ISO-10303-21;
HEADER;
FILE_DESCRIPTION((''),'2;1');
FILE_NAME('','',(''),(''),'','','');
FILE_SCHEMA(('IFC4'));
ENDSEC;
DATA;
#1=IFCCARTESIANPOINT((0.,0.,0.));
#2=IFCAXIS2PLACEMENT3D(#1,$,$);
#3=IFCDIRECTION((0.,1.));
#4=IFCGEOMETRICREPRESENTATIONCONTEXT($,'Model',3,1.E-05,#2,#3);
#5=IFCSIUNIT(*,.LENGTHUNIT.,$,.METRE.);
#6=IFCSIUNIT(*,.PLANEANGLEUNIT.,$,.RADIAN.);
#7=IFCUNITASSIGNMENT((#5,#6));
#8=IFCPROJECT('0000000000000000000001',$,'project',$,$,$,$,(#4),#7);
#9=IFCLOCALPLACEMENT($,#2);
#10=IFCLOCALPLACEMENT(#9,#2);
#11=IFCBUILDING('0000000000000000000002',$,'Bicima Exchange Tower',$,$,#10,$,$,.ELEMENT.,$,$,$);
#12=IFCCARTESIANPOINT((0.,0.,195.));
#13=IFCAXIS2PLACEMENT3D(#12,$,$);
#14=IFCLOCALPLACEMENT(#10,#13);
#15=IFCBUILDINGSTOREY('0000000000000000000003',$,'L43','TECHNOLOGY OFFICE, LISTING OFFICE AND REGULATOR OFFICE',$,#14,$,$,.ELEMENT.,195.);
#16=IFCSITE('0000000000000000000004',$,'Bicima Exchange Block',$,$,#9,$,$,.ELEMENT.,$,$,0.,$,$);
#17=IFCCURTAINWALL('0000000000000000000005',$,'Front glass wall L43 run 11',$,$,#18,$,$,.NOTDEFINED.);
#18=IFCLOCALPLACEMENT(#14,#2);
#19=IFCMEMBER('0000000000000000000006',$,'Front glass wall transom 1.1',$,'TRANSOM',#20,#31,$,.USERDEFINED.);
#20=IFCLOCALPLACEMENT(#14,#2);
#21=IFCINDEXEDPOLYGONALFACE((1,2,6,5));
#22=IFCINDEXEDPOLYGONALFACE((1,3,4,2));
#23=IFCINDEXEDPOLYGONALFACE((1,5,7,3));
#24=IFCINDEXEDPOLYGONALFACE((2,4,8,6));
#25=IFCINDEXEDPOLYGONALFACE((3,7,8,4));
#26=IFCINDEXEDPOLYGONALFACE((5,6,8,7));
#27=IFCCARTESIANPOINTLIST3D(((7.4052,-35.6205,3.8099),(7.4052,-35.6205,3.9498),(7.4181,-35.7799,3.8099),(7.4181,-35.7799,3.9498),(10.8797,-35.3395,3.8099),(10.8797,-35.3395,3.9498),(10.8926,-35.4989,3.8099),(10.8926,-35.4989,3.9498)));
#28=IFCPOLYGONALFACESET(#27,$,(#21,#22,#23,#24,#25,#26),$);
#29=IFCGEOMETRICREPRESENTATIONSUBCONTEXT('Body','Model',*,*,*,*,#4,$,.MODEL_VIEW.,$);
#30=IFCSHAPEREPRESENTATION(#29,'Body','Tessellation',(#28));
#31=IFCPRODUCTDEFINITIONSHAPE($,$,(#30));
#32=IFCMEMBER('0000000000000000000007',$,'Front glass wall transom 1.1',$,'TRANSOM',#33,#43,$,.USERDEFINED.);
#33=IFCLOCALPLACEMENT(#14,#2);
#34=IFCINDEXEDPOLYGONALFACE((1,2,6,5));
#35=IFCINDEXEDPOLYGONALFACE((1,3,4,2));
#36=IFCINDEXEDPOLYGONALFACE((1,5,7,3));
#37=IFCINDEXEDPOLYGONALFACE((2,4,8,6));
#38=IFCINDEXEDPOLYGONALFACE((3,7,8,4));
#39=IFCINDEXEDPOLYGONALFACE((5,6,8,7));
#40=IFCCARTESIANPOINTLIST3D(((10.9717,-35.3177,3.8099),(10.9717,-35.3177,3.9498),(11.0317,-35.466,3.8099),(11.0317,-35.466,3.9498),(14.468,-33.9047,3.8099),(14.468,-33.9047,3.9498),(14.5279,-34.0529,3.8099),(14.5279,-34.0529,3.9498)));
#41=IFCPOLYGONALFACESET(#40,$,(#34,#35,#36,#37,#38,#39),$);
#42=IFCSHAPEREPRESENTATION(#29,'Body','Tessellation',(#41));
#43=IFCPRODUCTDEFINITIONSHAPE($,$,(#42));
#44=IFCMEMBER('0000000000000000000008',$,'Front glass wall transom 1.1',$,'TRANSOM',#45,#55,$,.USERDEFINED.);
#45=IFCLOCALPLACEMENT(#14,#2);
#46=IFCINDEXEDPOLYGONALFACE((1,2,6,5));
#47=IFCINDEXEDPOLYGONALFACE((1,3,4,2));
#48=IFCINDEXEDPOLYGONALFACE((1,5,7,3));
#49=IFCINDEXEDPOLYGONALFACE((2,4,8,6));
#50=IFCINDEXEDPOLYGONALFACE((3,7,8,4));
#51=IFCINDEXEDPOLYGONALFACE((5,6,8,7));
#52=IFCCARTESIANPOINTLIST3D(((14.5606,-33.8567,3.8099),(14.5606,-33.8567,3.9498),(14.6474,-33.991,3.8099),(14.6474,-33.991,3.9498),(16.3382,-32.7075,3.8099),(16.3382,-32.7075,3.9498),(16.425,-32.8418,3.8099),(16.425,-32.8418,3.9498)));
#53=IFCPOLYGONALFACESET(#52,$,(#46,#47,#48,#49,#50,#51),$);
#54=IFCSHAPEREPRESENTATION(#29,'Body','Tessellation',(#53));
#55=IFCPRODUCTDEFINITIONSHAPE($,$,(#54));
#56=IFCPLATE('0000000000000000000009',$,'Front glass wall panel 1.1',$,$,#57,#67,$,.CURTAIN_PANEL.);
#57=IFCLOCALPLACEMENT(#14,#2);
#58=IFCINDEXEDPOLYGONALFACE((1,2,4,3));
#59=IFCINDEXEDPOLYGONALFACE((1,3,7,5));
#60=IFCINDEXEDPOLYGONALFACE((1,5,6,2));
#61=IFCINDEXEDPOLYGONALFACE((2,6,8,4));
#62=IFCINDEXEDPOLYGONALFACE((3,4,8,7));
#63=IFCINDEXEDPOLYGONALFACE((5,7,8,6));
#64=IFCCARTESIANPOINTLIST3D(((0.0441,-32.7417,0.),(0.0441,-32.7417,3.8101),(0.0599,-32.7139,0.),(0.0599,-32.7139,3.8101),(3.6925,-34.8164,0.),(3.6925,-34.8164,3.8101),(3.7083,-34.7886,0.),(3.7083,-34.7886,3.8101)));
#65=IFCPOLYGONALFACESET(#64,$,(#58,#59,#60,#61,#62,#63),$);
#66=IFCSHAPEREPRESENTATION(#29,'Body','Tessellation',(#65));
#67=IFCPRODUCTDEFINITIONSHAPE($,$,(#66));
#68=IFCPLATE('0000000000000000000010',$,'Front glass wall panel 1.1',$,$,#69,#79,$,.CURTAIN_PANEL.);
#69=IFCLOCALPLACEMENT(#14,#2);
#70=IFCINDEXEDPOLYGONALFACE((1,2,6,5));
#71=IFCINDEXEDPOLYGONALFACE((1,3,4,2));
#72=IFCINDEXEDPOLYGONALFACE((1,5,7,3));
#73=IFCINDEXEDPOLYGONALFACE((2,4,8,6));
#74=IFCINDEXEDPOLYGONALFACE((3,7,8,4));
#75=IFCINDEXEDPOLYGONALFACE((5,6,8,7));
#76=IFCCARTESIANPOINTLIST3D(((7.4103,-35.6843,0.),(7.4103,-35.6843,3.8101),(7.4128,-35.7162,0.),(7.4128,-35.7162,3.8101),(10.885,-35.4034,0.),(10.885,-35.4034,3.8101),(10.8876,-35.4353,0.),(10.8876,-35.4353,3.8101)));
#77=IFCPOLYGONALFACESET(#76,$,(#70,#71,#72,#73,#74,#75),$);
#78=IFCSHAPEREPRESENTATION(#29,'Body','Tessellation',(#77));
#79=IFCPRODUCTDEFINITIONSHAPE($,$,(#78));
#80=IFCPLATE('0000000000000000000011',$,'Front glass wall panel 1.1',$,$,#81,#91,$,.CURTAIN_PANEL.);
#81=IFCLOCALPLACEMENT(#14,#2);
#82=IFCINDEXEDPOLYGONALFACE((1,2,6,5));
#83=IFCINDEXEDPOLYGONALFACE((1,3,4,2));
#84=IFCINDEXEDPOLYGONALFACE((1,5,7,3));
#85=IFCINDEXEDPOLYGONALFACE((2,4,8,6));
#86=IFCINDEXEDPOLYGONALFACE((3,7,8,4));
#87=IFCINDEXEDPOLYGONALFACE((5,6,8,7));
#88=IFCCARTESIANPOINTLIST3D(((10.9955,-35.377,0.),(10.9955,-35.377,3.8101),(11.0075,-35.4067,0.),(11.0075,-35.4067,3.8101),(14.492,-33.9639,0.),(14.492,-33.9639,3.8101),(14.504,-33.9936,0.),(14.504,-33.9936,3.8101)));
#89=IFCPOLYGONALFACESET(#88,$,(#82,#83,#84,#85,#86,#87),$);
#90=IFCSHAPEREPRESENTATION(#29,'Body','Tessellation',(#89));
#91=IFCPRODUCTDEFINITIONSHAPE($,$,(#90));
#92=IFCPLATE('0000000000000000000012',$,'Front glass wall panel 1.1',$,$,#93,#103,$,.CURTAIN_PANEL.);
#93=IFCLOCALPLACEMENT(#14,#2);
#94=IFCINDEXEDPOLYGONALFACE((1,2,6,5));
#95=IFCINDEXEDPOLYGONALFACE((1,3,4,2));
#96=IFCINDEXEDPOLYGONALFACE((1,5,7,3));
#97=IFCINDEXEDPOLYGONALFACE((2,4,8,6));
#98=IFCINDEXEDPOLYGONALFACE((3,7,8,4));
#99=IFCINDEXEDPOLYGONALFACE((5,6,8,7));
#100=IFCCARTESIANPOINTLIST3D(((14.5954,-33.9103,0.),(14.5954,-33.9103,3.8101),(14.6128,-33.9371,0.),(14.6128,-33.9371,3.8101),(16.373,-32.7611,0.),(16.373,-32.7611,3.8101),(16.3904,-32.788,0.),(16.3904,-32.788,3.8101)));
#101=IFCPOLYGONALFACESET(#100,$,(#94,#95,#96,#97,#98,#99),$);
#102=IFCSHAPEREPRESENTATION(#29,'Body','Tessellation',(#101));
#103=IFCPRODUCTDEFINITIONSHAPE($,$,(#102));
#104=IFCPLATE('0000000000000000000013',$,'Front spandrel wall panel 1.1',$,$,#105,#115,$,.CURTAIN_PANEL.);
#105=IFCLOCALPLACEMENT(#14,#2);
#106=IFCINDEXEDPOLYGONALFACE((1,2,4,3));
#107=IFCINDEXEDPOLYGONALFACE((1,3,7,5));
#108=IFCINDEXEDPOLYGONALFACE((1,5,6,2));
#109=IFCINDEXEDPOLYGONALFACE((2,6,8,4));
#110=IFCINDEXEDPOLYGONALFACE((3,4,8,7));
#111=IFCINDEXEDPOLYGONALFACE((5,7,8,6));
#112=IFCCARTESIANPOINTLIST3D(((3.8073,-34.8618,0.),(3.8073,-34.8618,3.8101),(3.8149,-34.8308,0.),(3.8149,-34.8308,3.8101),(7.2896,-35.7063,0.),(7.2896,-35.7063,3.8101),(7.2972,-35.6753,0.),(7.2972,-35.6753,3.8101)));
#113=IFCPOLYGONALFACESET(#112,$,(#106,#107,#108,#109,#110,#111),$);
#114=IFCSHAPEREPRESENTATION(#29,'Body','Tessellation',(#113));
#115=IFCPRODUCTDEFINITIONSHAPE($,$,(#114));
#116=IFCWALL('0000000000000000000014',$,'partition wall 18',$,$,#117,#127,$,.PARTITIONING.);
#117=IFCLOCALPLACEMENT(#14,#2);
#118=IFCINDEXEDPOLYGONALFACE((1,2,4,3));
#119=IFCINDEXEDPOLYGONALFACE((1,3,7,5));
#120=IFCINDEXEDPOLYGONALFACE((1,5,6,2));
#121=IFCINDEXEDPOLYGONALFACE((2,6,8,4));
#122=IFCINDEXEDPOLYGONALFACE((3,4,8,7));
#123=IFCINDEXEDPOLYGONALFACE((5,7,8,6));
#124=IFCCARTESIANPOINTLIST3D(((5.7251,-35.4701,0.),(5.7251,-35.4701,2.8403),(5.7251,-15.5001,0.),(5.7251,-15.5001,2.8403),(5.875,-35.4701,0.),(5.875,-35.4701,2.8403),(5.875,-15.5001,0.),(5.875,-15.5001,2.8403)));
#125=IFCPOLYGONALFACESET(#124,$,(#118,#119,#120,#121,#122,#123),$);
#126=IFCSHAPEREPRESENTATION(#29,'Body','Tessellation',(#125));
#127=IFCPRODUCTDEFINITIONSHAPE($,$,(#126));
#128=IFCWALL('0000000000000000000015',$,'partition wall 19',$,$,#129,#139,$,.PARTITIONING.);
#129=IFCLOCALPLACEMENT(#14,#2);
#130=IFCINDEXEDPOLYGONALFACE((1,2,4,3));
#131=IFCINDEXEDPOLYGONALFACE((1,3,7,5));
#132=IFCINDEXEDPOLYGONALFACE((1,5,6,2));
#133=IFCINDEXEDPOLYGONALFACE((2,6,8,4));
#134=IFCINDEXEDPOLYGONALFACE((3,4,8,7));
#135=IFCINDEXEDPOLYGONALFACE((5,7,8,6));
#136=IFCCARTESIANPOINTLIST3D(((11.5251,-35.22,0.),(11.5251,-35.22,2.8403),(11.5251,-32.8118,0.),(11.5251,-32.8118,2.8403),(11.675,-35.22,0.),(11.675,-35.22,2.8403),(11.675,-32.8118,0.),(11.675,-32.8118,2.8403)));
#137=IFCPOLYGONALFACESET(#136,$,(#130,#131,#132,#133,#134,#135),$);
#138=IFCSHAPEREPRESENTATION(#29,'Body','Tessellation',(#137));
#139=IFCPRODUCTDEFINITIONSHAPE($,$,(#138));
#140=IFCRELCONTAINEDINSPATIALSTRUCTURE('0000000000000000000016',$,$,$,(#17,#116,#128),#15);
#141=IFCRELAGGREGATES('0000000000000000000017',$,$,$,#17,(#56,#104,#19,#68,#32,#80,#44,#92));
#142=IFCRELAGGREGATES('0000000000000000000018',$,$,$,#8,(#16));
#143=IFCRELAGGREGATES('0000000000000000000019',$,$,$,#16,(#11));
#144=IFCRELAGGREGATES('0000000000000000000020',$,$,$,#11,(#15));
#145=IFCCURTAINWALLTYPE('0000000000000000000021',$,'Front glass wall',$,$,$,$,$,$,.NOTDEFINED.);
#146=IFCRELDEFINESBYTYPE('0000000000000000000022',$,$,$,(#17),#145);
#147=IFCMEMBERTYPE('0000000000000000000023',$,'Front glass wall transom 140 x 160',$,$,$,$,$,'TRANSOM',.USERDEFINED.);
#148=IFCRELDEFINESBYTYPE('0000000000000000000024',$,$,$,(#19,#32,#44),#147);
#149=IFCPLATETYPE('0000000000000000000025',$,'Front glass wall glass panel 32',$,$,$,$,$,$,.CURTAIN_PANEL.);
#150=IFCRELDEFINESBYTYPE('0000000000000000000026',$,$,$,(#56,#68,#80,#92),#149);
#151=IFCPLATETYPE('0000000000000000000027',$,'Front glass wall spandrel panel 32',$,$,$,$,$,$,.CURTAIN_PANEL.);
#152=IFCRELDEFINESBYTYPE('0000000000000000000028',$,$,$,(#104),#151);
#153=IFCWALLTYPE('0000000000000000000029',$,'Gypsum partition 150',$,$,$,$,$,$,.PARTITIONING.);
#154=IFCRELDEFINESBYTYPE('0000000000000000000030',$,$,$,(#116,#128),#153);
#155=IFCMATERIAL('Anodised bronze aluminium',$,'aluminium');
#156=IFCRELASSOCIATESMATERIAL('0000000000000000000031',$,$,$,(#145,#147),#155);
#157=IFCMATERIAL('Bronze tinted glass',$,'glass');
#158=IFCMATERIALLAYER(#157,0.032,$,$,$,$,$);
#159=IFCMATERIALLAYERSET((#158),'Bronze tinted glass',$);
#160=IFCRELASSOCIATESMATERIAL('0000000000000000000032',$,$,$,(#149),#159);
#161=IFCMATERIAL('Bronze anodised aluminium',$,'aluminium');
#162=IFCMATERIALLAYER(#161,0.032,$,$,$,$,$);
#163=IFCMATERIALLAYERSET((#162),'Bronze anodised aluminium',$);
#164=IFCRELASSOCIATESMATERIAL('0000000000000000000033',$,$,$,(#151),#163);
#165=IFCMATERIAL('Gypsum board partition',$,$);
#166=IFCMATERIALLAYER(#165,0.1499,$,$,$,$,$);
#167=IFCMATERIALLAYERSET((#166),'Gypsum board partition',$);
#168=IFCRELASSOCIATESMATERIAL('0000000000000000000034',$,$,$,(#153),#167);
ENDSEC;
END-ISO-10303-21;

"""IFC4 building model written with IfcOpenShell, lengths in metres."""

from ifc_helpers import new_model, si_unit, direction, frame, frame_2d, origin, origin_2d, place, context, subcontext, project, spatial, rectangle, extrude, material, layer, layer_set, material_profile, profile_set, type_object, element, aggregate, save


model = new_model("IFC4")

# Units and contexts
model_context = context("Model", 3, precision=1e-05, world=origin(), true_north=direction((0.0, 1.0)))
body_context = subcontext(model_context, "Body", "Model", "MODEL_VIEW")
ifc_project = project(units=[si_unit("LENGTHUNIT", "METRE"), si_unit("PLANEANGLEUNIT", "RADIAN")], contexts=[model_context])

# Site, building, storey
site_placement = place(None, origin())
site = spatial("IfcSite", under=ifc_project, at=site_placement, Name="Bicima Exchange Block", CompositionType="ELEMENT", RefElevation=0.0)
building_placement = place(site_placement, origin())
building = spatial("IfcBuilding", under=site, at=building_placement, Name="Bicima Exchange Tower", CompositionType="ELEMENT")
storey_placement = place(building_placement, frame((0.0, 0.0, 195.0)))
storey = spatial("IfcBuildingStorey", under=building, at=storey_placement, Name="L43", Description="TECHNOLOGY OFFICE, LISTING OFFICE AND REGULATOR OFFICE", CompositionType="ELEMENT", Elevation=195.0)

# Curtain wall, members, plates
ifc_material_1 = material(Name="Anodised bronze aluminium", Category="aluminium")
curtain_wall_type = type_object("IfcCurtainWallType", Name="Front glass wall", PredefinedType="NOTDEFINED", material=ifc_material_1)
curtain_wall_placement = place(storey_placement, origin())
curtain_wall = element("IfcCurtainWall", 1, at=curtain_wall_placement, inside=storey, type_object=curtain_wall_type, Name="Front glass wall L43 run 11", PredefinedType="NOTDEFINED")
ifc_material_profile_1 = material_profile(ifc_material_1, rectangle(XDim=0.1599, YDim=0.1399, at=origin_2d()))
ifc_profile_set_1 = profile_set([ifc_material_profile_1], Name="Anodised bronze aluminium")
member_type_1 = type_object("IfcMemberType", Name="Front glass wall transom 140 x 160", ElementType="TRANSOM", PredefinedType="USERDEFINED", material=ifc_profile_set_1)
member_1_placement = place(storey_placement, frame((7.4116, -35.7002, 3.8799), z_axis=(0.996746, 0.080611, 0.0), x_axis=(-0.080611, 0.996746, 0.0)))
member_1 = element("IfcMember", 2, at=member_1_placement, type_object=member_type_1, Name="Front glass wall transom 1.1", ObjectType="TRANSOM", PredefinedType="USERDEFINED", context=body_context, shape_type="SweptSolid", body=[
    extrude(rectangle(XDim=0.1599, YDim=0.1399, at=origin_2d()), origin(), (0.0, 0.0, 1.0), 3.4858),
])
member_2_placement = place(storey_placement, frame((11.0017, -35.3918, 3.8799), z_axis=(0.92714, 0.374715, 0.0), x_axis=(-0.374715, 0.92714, 0.0)))
member_2 = element("IfcMember", 3, at=member_2_placement, type_object=member_type_1, Name="Front glass wall transom 1.1", ObjectType="TRANSOM", PredefinedType="USERDEFINED", context=body_context, shape_type="SweptSolid", body=[
    extrude(rectangle(XDim=0.1599, YDim=0.1399, at=origin_2d()), origin(), (0.0, 0.0, 1.0), 3.771),
])
member_3_placement = place(storey_placement, frame((14.604, -33.9238, 3.8799), z_axis=(0.839793, 0.542907, 0.0), x_axis=(-0.542907, 0.839793, 0.0)))
member_3 = element("IfcMember", 4, at=member_3_placement, type_object=member_type_1, Name="Front glass wall transom 1.1", ObjectType="TRANSOM", PredefinedType="USERDEFINED", context=body_context, shape_type="SweptSolid", body=[
    extrude(rectangle(XDim=0.1599, YDim=0.1399, at=origin_2d()), origin(), (0.0, 0.0, 1.0), 2.1167),
])
ifc_material_2 = material(Name="Bronze tinted glass", Category="glass")
ifc_layer_1 = layer(ifc_material_2, 0.032)
ifc_layer_set_1 = layer_set([ifc_layer_1], Name="Bronze tinted glass")
plate_type_1 = type_object("IfcPlateType", Name="Front glass wall glass panel 32", PredefinedType="CURTAIN_PANEL", material=ifc_layer_set_1)
plate_1_placement = place(storey_placement, frame((1.8762, -33.7651, 0.0), z_axis=(0.0, 0.0, 1.0), x_axis=(0.869274, -0.49433, 0.0)))
plate_1 = element("IfcPlate", 5, at=plate_1_placement, type_object=plate_type_1, Name="Front glass wall panel 1.1", PredefinedType="CURTAIN_PANEL", context=body_context, shape_type="SweptSolid", body=[
    extrude(rectangle(XDim=4.197, YDim=0.032, at=origin_2d()), origin(), (0.0, 0.0, 1.0), 3.8101),
])
plate_2_placement = place(storey_placement, frame((9.1489, -35.5598, 0.0), z_axis=(0.0, 0.0, 1.0), x_axis=(0.996747, 0.080589, 0.0)))
plate_2 = element("IfcPlate", 6, at=plate_2_placement, type_object=plate_type_1, Name="Front glass wall panel 1.1", PredefinedType="CURTAIN_PANEL", context=body_context, shape_type="SweptSolid", body=[
    extrude(rectangle(XDim=3.4861, YDim=0.032, at=origin_2d()), origin(), (0.0, 0.0, 1.0), 3.8101),
])
plate_3_placement = place(storey_placement, frame((12.7498, -34.6853, 0.0), z_axis=(0.0, 0.0, 1.0), x_axis=(0.927144, 0.374705, 0.0)))
plate_3 = element("IfcPlate", 7, at=plate_3_placement, type_object=plate_type_1, Name="Front glass wall panel 1.1", PredefinedType="CURTAIN_PANEL", context=body_context, shape_type="SweptSolid", body=[
    extrude(rectangle(XDim=3.7712, YDim=0.032, at=origin_2d()), origin(), (0.0, 0.0, 1.0), 3.8101),
])
plate_4_placement = place(storey_placement, frame((15.4929, -33.3491, 0.0), z_axis=(0.0, 0.0, 1.0), x_axis=(0.839791, 0.542909, 0.0)))
plate_4 = element("IfcPlate", 8, at=plate_4_placement, type_object=plate_type_1, Name="Front glass wall panel 1.1", PredefinedType="CURTAIN_PANEL", context=body_context, shape_type="SweptSolid", body=[
    extrude(rectangle(XDim=2.1167, YDim=0.032, at=origin_2d()), origin(), (0.0, 0.0, 1.0), 3.8101),
])
ifc_material_3 = material(Name="Bronze anodised aluminium", Category="aluminium")
ifc_layer_2 = layer(ifc_material_3, 0.032)
ifc_layer_set_2 = layer_set([ifc_layer_2], Name="Bronze anodised aluminium")
plate_type_2 = type_object("IfcPlateType", Name="Front glass wall spandrel panel 32", PredefinedType="CURTAIN_PANEL", material=ifc_layer_set_2)
plate_5_placement = place(storey_placement, frame((5.5522, -35.2686, 0.0), z_axis=(0.0, 0.0, 1.0), x_axis=(0.97183, -0.235682, 0.0)))
plate_5 = element("IfcPlate", 9, at=plate_5_placement, type_object=plate_type_2, Name="Front spandrel wall panel 1.1", PredefinedType="CURTAIN_PANEL", context=body_context, shape_type="SweptSolid", body=[
    extrude(rectangle(XDim=3.5833, YDim=0.032, at=origin_2d()), origin(), (0.0, 0.0, 1.0), 3.8101),
])
aggregate(curtain_wall, [plate_1, plate_5, member_1, plate_2, member_2, plate_3, member_3, plate_4])

# Walls
ifc_material_4 = material(Name="Gypsum board partition")
ifc_layer_3 = layer(ifc_material_4, 0.1499)
ifc_layer_set_3 = layer_set([ifc_layer_3], Name="Gypsum board partition")
wall_type = type_object("IfcWallType", Name="Gypsum partition 150", PredefinedType="PARTITIONING", material=ifc_layer_set_3)
wall_1_placement = place(storey_placement, frame((5.8, -35.47, 0.0), z_axis=(0.0, 0.0, 1.0), x_axis=(0.0, 1.0, 0.0)))
element("IfcWall", 10, at=wall_1_placement, inside=storey, type_object=wall_type, Name="partition wall 18", PredefinedType="PARTITIONING", context=body_context, shape_type="SweptSolid", body=[
    extrude(rectangle(XDim=19.97, YDim=0.1499, at=frame_2d((9.9849, 0.0))), origin(), (0.0, 0.0, 1.0), 2.8403),
])
wall_2_placement = place(storey_placement, frame((11.6001, -35.22, 0.0), z_axis=(0.0, 0.0, 1.0), x_axis=(0.0, 1.0, 0.0)))
element("IfcWall", 11, at=wall_2_placement, inside=storey, type_object=wall_type, Name="partition wall 19", PredefinedType="PARTITIONING", context=body_context, shape_type="SweptSolid", body=[
    extrude(rectangle(XDim=2.4082, YDim=0.1499, at=frame_2d((1.2041, 0.0))), origin(), (0.0, 0.0, 1.0), 2.8403),
])

save(model, "model.ifc")
